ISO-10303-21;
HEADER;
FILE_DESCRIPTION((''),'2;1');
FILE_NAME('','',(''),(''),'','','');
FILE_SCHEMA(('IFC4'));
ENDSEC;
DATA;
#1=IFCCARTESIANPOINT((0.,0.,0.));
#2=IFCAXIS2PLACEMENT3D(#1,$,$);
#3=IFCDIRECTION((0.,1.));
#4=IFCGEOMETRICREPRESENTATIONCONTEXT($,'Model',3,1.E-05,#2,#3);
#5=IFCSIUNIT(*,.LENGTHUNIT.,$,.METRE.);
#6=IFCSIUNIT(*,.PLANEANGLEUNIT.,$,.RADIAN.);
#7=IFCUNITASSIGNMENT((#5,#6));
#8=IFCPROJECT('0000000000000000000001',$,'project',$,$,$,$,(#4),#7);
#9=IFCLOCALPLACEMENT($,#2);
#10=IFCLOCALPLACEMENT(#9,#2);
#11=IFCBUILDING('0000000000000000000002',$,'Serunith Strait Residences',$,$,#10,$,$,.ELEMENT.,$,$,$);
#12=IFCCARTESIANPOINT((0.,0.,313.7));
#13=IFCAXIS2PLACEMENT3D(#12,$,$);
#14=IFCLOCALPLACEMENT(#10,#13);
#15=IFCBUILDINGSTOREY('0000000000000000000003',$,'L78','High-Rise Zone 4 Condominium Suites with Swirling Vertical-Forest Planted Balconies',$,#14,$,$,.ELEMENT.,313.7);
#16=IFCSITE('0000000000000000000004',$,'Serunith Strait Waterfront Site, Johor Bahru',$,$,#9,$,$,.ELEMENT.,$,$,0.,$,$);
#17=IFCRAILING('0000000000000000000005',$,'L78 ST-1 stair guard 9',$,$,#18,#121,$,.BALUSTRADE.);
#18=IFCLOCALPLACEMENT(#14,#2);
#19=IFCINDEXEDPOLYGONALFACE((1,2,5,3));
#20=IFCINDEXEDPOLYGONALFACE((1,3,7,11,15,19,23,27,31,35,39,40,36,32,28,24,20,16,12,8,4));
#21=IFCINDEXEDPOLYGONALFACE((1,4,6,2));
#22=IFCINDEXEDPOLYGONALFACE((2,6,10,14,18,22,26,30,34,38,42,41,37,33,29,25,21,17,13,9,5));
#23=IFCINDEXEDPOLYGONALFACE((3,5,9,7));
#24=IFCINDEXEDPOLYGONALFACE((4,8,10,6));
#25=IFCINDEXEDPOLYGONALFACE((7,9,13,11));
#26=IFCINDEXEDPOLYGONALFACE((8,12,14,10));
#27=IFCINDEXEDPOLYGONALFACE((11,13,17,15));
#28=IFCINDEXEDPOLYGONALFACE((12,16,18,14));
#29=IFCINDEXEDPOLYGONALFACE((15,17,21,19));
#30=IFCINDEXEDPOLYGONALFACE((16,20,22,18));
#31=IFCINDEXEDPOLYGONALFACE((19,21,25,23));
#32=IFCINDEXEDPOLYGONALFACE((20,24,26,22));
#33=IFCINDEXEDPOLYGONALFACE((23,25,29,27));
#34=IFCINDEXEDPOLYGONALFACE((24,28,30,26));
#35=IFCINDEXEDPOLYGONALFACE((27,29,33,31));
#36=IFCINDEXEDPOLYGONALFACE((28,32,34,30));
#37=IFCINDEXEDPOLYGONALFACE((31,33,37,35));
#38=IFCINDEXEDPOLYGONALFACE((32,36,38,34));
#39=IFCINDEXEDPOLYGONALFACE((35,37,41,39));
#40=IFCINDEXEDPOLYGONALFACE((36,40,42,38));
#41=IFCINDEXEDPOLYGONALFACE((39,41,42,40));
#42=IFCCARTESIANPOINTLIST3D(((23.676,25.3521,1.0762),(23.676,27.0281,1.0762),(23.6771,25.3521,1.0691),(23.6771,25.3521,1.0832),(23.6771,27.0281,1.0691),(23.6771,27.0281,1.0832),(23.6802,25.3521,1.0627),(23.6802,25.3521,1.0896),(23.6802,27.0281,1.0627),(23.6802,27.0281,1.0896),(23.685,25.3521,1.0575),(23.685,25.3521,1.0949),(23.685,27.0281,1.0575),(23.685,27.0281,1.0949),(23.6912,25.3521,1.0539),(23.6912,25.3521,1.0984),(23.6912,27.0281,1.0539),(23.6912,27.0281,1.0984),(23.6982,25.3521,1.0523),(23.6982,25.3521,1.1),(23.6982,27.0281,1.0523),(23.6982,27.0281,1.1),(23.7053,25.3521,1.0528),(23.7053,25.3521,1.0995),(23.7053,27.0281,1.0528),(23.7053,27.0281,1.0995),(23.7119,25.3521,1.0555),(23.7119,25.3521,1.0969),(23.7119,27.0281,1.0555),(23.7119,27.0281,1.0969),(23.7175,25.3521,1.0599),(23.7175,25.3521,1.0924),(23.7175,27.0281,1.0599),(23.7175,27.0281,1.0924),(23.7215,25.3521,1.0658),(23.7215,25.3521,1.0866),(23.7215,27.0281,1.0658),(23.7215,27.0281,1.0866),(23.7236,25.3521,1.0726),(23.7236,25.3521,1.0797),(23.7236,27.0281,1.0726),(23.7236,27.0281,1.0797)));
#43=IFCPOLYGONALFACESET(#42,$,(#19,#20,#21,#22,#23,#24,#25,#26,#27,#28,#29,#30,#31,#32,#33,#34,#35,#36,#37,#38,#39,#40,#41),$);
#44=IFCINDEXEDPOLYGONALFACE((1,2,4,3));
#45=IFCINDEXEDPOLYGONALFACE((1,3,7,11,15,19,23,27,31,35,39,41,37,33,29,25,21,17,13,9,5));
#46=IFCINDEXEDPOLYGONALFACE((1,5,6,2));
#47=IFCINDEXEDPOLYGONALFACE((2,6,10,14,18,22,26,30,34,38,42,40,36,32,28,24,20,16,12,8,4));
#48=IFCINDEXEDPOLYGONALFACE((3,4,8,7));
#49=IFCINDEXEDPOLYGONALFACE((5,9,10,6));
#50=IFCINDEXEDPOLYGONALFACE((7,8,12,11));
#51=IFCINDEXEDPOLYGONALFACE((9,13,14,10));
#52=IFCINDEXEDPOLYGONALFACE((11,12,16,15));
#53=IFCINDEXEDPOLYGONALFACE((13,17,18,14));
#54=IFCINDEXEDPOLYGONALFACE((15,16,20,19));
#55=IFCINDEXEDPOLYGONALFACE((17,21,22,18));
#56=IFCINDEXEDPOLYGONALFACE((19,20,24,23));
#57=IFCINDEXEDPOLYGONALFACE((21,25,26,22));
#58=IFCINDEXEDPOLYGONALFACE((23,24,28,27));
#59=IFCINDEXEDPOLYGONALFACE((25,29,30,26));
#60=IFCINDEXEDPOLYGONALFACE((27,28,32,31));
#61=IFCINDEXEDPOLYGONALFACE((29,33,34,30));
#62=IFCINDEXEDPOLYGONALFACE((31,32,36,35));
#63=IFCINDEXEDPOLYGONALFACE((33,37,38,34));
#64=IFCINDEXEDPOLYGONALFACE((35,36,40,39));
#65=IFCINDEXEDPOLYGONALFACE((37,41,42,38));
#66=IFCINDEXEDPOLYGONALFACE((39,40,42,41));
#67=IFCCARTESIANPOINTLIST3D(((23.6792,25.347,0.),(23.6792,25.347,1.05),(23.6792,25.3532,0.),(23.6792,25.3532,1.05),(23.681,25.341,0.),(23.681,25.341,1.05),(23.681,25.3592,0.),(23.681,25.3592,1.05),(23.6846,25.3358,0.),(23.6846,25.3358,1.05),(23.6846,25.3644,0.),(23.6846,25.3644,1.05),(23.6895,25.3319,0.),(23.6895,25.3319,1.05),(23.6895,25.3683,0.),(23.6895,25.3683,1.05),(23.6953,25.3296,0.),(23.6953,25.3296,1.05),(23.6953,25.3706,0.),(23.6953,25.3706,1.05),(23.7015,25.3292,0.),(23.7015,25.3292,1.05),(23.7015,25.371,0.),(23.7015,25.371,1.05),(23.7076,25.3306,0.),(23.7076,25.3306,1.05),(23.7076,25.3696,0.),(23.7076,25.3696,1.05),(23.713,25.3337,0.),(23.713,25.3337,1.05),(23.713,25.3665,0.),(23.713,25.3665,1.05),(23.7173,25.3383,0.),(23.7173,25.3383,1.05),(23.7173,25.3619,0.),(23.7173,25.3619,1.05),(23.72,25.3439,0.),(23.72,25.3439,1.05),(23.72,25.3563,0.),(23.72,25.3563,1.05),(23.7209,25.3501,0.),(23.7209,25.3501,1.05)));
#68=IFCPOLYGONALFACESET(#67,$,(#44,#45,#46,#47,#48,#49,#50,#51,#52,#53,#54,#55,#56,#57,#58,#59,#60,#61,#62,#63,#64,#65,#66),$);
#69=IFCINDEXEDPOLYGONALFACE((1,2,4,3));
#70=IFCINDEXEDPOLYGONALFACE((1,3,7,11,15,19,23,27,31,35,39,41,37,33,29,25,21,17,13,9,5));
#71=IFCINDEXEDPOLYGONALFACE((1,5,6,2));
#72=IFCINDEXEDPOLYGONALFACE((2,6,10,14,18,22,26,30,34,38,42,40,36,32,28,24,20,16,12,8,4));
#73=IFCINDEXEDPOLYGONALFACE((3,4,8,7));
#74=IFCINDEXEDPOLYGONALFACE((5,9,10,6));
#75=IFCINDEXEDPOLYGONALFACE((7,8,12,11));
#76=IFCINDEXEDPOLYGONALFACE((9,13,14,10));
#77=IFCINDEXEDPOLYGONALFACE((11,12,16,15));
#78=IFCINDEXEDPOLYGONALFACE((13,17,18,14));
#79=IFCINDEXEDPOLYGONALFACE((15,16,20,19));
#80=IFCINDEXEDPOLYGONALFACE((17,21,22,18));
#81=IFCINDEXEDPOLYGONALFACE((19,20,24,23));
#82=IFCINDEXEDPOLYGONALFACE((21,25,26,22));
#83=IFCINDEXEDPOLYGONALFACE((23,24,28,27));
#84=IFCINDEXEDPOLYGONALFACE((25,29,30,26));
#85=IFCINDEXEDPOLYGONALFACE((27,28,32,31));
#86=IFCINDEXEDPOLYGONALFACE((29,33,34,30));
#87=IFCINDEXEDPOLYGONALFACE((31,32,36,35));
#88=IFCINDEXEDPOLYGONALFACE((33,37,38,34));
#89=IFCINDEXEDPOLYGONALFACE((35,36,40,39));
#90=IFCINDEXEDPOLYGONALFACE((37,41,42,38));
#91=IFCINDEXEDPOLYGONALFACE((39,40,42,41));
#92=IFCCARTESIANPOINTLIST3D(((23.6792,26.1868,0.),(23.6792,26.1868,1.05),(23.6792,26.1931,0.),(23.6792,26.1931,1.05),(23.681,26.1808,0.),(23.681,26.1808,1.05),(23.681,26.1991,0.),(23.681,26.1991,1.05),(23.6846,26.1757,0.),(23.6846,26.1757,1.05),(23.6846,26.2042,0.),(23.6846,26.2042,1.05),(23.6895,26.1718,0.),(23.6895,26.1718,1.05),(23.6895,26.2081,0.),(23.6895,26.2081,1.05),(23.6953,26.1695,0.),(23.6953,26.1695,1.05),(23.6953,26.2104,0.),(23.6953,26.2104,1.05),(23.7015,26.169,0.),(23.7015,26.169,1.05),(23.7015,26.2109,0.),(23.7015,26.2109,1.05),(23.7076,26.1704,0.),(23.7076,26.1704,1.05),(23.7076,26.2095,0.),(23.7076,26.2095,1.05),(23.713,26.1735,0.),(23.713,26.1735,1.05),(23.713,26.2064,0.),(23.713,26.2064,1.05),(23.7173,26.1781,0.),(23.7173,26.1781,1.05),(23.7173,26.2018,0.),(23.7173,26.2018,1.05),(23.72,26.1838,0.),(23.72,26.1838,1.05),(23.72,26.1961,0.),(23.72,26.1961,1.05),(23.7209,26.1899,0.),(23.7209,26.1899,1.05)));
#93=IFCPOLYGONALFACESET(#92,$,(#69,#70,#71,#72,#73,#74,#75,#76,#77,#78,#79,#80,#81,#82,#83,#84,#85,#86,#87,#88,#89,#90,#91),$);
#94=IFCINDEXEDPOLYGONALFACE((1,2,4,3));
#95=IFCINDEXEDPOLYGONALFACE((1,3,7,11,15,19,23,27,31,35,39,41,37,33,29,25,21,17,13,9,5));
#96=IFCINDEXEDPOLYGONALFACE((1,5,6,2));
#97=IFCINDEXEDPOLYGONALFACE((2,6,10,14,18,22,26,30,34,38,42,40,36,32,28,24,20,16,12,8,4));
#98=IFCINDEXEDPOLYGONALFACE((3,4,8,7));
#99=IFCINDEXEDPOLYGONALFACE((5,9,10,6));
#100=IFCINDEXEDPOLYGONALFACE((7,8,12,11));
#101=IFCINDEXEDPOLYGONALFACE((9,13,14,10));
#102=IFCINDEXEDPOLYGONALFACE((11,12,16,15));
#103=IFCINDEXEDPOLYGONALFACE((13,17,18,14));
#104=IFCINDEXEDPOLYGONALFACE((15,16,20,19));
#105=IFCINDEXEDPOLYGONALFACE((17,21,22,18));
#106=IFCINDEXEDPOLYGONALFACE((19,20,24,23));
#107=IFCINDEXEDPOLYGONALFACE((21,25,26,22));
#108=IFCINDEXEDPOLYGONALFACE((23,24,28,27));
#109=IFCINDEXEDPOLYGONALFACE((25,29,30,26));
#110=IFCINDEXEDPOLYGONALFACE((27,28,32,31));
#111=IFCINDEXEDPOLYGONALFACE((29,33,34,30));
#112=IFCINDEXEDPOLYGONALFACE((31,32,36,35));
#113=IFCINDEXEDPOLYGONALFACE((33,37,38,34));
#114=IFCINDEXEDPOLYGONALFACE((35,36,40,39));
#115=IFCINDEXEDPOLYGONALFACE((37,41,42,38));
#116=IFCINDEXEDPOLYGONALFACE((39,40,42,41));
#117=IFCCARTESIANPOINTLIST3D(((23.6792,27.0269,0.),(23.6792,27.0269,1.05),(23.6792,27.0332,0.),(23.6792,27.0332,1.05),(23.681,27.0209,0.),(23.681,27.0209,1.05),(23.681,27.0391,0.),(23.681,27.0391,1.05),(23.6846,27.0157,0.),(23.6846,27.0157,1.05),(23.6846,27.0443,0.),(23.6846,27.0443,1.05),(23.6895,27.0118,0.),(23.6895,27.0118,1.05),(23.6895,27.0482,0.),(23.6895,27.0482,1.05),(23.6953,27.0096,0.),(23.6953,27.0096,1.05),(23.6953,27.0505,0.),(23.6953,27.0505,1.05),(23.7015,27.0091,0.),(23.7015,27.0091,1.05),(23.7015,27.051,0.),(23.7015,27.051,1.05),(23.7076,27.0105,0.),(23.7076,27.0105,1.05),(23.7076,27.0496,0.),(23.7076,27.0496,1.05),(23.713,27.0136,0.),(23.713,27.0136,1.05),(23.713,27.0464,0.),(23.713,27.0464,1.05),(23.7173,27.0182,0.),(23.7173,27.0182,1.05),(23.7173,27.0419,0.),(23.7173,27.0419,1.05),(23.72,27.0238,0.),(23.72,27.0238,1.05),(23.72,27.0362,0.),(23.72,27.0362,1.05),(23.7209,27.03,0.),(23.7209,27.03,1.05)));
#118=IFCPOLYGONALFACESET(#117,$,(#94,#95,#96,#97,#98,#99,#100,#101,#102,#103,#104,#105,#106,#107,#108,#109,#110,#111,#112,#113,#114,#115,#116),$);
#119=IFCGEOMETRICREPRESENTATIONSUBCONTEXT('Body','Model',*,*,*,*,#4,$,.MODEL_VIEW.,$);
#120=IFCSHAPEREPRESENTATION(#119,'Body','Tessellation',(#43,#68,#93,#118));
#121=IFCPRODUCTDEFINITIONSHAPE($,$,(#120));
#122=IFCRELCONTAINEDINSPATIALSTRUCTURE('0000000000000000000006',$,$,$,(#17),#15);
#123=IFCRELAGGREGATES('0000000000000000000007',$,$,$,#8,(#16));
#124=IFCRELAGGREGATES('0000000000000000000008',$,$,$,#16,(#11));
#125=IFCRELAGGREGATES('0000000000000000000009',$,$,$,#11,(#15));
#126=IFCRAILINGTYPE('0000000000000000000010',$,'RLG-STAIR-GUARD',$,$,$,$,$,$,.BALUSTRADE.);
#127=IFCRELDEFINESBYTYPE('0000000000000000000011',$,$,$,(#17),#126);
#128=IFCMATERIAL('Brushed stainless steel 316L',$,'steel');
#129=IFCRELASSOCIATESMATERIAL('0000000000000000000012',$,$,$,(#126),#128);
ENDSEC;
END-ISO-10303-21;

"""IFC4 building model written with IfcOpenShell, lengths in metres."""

from ifc_helpers import new_model, si_unit, direction, frame, origin, origin_2d, place, context, subcontext, project, spatial, circle, extrude, material, type_object, element, save


model = new_model("IFC4")

# Units and contexts
model_context = context("Model", 3, precision=1e-05, world=origin(), true_north=direction((0.0, 1.0)))
body_context = subcontext(model_context, "Body", "Model", "MODEL_VIEW")
ifc_project = project(units=[si_unit("LENGTHUNIT", "METRE"), si_unit("PLANEANGLEUNIT", "RADIAN")], contexts=[model_context])

# Site, building, storey
site_placement = place(None, origin())
site = spatial("IfcSite", under=ifc_project, at=site_placement, Name="Serunith Strait Waterfront Site, Johor Bahru", CompositionType="ELEMENT", RefElevation=0.0)
building_placement = place(site_placement, origin())
building = spatial("IfcBuilding", under=site, at=building_placement, Name="Serunith Strait Residences", CompositionType="ELEMENT")
storey_placement = place(building_placement, frame((0.0, 0.0, 313.7)))
storey = spatial("IfcBuildingStorey", under=building, at=storey_placement, Name="L78", Description="High-Rise Zone 4 Condominium Suites with Swirling Vertical-Forest Planted Balconies", CompositionType="ELEMENT", Elevation=313.7)

# Railing
ifc_material_1 = material(Name="Brushed stainless steel 316L", Category="steel")
railing_type = type_object("IfcRailingType", Name="RLG-STAIR-GUARD", PredefinedType="BALUSTRADE", material=ifc_material_1)
railing_placement = place(storey_placement, frame((23.7, 25.3501, 0.0)))
element("IfcRailing", 1, at=railing_placement, inside=storey, type_object=railing_type, Name="L78 ST-1 stair guard 9", PredefinedType="BALUSTRADE", context=body_context, shape_type="SweptSolid", body=[
    extrude(circle(Radius=0.0239, at=origin_2d()), frame((0.0, 0.002, 1.0762), z_axis=(0.0, 1.0, 0.0), x_axis=(-1.0, 0.0, 0.0)), (0.0, 0.0, 1.0), 1.676),
    extrude(circle(Radius=0.021, at=origin_2d()), origin(), (0.0, 0.0, 1.0), 1.05),
    extrude(circle(Radius=0.021, at=origin_2d()), frame((0.0, 0.8398, 0.0)), (0.0, 0.0, 1.0), 1.05),
    extrude(circle(Radius=0.021, at=origin_2d()), frame((0.0, 1.6799, 0.0)), (0.0, 0.0, 1.0), 1.05),
])

save(model, "model.ifc")
